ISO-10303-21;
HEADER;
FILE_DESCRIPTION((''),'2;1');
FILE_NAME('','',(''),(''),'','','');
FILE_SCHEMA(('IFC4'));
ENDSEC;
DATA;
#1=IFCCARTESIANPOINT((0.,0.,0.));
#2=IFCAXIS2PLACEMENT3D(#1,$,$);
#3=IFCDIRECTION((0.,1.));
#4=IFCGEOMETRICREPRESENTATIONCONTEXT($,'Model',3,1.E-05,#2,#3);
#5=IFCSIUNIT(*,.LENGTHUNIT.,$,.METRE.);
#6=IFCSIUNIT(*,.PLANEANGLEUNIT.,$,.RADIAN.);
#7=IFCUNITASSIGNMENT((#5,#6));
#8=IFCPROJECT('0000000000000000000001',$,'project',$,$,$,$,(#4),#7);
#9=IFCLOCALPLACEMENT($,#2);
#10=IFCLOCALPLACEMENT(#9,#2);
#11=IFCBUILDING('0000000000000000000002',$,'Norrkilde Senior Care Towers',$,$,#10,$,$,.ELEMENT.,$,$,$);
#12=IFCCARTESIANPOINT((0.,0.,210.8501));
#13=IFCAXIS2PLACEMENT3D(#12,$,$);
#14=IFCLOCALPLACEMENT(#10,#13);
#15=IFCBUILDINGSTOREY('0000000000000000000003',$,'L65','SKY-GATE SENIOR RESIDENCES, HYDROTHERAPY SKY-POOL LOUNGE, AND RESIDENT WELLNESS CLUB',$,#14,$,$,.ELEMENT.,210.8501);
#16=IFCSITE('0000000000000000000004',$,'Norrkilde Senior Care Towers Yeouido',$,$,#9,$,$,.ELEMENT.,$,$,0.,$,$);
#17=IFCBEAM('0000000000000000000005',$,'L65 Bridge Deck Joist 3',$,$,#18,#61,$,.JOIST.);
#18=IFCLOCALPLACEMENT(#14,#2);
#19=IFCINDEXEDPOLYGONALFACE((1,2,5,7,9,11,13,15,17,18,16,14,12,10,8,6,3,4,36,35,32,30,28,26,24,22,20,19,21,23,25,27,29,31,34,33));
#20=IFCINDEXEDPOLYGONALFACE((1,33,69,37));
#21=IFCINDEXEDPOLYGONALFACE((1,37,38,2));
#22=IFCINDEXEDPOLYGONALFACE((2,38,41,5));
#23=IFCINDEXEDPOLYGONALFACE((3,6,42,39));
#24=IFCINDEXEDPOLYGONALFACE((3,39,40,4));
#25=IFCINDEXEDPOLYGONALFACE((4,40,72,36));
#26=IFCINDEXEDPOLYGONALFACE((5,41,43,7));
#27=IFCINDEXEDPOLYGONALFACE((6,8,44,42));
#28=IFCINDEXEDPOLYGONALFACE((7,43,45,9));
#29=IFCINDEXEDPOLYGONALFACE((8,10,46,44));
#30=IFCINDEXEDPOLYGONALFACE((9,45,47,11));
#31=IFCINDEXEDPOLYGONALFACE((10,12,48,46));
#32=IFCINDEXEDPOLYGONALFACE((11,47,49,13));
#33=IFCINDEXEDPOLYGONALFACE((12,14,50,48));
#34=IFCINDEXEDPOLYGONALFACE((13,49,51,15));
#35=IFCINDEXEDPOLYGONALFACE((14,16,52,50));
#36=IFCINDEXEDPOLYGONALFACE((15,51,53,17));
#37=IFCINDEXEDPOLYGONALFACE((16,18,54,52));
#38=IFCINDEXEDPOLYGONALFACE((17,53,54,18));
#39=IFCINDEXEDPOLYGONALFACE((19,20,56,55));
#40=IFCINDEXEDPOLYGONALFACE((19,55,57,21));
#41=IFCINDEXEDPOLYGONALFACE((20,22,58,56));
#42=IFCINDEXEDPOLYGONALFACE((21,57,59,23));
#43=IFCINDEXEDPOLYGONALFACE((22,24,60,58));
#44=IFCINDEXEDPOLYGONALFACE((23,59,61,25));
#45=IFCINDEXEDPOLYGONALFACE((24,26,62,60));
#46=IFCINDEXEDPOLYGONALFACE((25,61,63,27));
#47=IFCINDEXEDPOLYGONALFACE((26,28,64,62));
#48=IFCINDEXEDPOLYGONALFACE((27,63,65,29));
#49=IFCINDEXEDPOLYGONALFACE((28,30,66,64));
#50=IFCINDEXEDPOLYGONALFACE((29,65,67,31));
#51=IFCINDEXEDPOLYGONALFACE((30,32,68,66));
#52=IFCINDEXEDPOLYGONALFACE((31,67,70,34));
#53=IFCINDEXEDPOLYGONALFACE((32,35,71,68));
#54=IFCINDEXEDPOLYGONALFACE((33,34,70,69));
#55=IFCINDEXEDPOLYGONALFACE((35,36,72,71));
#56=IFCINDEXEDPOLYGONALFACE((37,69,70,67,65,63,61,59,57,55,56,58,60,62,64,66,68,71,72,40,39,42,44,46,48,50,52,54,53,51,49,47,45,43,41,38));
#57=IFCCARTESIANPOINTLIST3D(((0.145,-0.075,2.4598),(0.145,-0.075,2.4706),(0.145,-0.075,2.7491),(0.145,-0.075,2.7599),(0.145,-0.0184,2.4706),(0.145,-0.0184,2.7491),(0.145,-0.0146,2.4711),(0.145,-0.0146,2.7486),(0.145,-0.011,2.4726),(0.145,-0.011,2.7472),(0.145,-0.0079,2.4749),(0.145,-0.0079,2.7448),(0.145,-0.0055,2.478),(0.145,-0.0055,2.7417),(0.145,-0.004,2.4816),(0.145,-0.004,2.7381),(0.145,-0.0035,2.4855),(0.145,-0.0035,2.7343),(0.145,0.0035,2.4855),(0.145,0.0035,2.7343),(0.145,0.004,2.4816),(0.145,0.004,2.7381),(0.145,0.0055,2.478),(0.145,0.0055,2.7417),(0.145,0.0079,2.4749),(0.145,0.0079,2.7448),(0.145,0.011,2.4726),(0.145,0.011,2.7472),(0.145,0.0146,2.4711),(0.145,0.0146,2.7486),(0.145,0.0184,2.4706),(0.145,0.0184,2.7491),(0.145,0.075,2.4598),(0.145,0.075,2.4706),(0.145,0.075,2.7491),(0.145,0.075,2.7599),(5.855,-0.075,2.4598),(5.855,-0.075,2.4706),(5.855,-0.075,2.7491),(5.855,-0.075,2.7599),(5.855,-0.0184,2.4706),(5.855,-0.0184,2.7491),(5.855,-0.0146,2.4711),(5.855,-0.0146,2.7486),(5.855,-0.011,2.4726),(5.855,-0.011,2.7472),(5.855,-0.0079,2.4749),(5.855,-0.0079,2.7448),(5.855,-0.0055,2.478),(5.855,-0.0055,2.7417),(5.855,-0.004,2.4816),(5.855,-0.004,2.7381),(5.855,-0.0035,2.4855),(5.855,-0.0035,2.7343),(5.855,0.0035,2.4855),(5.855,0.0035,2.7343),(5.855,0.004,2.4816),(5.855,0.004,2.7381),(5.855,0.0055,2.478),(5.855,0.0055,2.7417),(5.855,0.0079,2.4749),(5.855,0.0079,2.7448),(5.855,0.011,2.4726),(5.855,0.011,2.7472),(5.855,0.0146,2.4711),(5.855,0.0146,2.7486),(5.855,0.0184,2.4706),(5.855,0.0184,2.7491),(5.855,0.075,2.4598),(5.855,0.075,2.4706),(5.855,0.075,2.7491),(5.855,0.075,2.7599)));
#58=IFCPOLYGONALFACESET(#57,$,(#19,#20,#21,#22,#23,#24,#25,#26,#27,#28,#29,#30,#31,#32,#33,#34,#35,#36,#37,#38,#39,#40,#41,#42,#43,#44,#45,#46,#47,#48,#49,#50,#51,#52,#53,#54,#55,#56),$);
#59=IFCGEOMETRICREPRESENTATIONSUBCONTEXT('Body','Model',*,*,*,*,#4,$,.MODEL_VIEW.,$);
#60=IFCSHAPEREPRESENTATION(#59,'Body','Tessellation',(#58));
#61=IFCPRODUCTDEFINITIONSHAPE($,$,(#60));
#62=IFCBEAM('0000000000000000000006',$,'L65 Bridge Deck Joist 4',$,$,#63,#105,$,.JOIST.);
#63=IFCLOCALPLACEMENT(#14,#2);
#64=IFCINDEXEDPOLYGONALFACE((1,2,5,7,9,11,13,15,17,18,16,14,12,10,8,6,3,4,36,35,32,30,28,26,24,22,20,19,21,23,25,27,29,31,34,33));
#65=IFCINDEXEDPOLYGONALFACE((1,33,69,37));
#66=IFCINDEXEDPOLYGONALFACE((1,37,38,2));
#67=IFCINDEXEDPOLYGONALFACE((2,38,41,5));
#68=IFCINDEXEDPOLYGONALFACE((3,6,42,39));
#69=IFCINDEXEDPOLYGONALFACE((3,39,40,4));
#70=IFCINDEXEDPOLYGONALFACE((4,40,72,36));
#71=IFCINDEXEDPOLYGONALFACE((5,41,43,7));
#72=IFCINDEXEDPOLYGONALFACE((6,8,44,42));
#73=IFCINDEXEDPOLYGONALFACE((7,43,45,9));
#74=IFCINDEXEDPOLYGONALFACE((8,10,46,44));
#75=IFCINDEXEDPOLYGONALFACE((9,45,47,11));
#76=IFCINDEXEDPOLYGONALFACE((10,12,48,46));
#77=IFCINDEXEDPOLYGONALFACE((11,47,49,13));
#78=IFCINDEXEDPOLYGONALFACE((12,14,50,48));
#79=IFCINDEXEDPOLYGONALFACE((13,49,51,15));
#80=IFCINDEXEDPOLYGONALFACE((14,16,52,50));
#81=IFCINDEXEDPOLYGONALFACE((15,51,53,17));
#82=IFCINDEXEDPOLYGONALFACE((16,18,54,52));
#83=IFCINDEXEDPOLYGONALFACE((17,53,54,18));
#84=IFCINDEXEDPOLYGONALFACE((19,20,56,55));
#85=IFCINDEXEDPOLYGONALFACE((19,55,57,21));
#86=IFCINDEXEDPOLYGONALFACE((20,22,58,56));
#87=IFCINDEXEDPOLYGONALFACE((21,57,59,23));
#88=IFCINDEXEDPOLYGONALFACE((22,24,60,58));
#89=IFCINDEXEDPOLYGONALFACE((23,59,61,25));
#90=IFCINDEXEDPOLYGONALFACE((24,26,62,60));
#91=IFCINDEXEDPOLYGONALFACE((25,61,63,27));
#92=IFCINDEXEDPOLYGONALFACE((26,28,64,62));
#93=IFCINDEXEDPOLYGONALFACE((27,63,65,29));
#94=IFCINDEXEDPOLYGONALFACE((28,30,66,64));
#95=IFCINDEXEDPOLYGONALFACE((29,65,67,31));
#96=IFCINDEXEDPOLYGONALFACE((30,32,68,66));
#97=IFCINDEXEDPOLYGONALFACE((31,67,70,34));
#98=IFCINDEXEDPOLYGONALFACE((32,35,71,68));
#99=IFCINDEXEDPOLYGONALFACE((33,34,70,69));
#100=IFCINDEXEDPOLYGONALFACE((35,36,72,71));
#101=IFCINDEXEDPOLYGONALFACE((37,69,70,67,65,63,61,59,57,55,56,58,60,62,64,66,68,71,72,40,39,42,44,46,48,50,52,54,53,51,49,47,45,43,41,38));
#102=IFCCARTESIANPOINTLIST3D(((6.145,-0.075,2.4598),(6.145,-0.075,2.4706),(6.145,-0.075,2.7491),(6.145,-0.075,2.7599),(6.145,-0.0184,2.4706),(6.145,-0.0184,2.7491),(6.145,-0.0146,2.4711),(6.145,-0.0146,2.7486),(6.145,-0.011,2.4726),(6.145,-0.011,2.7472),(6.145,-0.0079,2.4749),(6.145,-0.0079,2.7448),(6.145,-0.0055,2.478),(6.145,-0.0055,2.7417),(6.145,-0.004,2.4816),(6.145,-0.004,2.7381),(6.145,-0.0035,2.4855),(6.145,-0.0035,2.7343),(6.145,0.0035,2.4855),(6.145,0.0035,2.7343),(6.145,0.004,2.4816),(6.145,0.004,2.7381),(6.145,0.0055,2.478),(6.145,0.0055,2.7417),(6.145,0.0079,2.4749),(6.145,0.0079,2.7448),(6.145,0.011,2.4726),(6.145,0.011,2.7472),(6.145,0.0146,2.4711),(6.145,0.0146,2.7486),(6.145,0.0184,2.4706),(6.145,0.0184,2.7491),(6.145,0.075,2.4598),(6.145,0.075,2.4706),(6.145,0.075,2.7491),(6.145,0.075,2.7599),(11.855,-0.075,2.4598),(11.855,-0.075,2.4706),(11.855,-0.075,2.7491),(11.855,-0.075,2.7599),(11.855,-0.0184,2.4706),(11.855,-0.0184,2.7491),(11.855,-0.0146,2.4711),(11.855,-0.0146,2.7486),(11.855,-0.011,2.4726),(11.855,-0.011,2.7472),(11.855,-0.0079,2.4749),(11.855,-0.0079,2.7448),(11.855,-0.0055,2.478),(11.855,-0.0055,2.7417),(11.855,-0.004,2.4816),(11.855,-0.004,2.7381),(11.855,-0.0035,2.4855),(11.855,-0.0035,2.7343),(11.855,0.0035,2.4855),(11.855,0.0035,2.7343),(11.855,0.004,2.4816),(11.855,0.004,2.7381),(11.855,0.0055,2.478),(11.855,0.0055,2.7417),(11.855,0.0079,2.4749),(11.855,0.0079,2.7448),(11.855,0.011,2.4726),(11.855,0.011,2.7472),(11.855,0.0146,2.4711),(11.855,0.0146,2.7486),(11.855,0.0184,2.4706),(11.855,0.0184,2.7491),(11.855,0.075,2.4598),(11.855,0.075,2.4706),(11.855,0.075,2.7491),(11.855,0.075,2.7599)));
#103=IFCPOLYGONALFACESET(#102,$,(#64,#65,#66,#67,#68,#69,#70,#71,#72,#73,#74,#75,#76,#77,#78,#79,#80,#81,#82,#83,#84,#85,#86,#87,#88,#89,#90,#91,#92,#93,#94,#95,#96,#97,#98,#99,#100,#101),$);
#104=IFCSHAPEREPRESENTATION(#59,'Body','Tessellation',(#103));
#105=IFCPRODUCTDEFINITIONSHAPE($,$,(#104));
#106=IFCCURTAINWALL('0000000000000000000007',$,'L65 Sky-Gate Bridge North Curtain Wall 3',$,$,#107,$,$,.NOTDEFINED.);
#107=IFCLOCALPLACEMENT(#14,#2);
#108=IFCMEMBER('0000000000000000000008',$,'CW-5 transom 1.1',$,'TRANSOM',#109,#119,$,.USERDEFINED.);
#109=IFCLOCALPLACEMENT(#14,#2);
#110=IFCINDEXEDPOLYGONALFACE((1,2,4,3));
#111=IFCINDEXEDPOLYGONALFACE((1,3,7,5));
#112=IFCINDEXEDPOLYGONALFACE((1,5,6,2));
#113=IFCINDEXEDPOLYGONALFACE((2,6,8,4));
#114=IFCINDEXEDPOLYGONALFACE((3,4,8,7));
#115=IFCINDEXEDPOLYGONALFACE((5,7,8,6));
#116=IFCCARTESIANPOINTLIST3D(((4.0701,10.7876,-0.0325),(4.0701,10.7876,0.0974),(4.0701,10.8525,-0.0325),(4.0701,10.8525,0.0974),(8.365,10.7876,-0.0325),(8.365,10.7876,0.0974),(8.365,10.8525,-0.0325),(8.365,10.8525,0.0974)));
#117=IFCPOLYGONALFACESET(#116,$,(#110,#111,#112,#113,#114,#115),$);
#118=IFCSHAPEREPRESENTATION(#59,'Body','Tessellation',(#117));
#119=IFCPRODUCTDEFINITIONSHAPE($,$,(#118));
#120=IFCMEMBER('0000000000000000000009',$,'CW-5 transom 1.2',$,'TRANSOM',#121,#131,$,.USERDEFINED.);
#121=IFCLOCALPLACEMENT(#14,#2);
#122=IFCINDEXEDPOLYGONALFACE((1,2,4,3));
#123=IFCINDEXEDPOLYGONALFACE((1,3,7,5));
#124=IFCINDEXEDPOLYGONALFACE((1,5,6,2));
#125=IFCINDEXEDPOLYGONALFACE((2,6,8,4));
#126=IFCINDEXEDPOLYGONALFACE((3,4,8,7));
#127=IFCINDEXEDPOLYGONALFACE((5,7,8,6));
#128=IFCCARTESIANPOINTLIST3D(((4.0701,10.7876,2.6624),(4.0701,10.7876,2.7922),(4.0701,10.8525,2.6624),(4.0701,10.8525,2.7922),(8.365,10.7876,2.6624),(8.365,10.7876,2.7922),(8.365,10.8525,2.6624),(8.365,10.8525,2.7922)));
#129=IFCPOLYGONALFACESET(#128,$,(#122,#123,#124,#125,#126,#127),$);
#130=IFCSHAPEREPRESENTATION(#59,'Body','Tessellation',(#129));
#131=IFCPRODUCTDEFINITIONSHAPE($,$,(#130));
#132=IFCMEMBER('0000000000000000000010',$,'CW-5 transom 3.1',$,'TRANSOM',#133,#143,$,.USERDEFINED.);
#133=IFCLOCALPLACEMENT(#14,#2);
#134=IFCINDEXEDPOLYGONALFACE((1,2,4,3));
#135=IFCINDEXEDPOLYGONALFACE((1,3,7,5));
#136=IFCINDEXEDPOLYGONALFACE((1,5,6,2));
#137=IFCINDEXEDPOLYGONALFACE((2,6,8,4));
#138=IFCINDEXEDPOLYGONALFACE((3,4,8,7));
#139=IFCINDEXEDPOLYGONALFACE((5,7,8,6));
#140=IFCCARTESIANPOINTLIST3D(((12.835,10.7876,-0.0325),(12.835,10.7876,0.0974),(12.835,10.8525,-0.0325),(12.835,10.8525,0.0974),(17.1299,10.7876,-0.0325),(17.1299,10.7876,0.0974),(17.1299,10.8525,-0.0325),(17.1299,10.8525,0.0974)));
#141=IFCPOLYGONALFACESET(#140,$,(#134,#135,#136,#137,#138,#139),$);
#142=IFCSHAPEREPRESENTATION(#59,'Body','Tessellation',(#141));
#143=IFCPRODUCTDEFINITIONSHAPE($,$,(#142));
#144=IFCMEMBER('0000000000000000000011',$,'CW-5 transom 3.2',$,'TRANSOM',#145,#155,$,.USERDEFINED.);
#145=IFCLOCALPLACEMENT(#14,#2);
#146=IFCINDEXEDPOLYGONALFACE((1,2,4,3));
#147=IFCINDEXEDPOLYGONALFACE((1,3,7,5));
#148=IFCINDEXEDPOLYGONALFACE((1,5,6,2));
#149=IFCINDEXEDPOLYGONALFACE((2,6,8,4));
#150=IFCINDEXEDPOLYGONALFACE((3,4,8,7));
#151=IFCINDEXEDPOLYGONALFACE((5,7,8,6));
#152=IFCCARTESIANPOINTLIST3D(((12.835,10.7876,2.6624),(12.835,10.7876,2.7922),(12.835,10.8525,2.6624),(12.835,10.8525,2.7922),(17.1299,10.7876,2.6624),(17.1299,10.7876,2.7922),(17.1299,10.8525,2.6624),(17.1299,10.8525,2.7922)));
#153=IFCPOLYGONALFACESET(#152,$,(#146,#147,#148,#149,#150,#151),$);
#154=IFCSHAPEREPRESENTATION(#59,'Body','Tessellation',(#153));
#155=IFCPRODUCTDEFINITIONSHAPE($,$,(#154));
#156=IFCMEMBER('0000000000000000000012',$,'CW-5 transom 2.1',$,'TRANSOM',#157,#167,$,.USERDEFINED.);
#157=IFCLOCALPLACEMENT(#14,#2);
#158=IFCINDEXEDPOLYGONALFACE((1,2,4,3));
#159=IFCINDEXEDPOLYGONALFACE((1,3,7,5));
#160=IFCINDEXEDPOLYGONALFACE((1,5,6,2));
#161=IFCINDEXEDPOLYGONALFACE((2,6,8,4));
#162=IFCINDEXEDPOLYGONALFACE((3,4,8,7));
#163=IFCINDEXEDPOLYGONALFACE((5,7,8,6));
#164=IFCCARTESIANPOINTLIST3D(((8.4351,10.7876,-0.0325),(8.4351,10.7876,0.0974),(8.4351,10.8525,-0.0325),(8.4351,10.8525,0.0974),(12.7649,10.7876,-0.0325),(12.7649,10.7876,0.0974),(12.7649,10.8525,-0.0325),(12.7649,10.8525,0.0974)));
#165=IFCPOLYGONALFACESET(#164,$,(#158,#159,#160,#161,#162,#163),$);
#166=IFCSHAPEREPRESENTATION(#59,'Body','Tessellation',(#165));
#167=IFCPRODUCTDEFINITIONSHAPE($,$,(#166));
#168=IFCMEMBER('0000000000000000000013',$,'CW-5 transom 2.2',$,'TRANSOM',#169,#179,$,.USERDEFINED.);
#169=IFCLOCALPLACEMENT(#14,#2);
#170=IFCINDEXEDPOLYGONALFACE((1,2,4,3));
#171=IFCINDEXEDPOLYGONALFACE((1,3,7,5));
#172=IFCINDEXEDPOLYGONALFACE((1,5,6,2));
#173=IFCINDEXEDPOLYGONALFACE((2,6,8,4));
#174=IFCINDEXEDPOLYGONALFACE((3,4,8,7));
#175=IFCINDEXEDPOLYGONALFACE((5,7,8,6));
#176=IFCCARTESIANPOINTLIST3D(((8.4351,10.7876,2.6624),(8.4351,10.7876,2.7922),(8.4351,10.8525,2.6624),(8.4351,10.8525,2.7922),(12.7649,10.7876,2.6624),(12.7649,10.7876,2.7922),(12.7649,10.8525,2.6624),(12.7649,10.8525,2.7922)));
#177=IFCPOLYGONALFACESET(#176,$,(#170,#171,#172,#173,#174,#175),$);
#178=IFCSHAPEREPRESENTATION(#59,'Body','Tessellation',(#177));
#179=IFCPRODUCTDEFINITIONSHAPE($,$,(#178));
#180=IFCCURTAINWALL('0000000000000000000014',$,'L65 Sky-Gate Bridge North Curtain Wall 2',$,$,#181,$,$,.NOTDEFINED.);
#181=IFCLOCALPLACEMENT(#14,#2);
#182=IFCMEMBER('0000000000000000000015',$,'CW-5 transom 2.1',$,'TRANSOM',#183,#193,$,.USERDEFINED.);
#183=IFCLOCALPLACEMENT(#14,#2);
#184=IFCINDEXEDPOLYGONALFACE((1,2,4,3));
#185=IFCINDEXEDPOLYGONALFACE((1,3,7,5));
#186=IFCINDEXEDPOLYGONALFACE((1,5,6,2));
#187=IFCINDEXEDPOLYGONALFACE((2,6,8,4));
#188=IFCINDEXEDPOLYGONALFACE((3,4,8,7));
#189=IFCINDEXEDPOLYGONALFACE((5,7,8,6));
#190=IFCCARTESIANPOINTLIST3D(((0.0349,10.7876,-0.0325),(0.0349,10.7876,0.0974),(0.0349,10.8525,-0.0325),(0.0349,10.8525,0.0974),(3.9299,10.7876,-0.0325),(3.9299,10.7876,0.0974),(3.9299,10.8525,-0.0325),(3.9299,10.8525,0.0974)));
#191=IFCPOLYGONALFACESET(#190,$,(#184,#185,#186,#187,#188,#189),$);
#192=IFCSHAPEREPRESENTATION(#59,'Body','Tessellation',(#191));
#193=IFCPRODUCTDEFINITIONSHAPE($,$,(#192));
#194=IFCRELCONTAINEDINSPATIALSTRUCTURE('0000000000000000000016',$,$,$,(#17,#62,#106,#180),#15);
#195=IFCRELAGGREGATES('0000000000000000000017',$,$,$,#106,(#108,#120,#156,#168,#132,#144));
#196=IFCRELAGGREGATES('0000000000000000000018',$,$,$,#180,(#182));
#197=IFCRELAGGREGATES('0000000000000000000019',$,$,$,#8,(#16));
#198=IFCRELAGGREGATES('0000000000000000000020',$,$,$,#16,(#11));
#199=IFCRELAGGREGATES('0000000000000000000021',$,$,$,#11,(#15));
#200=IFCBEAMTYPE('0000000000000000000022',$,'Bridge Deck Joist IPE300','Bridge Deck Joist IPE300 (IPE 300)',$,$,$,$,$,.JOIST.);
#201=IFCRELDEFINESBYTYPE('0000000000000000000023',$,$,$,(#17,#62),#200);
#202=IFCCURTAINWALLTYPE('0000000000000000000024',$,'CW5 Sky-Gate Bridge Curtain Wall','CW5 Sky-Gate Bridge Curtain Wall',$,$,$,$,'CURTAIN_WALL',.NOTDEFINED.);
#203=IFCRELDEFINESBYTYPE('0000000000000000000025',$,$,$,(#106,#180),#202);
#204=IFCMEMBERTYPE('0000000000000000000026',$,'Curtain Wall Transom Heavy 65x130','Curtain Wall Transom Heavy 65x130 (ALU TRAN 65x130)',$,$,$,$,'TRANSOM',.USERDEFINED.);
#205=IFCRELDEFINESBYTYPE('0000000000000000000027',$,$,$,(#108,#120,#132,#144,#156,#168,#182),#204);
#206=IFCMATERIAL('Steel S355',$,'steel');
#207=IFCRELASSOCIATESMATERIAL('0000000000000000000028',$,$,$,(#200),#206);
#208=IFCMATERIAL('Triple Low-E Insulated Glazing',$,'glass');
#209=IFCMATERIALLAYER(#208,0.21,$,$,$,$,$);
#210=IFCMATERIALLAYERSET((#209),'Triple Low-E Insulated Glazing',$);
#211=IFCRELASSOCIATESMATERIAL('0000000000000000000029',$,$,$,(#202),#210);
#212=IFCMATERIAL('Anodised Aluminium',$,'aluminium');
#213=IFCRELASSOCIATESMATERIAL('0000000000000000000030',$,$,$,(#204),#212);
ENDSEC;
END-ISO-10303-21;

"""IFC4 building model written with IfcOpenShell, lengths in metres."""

from ifc_helpers import new_model, si_unit, direction, frame, origin, origin_2d, place, context, subcontext, project, spatial, rectangle, i_section, extrude, source, transform, mapped, material, layer, layer_set, material_profile, profile_set, type_object, type_shapes, element, aggregate, save


model = new_model("IFC4")

# Units and contexts
model_context = context("Model", 3, precision=1e-05, world=origin(), true_north=direction((0.0, 1.0)))
body_context = subcontext(model_context, "Body", "Model", "MODEL_VIEW")
ifc_project = project(units=[si_unit("LENGTHUNIT", "METRE"), si_unit("PLANEANGLEUNIT", "RADIAN")], contexts=[model_context])

# Site, building, storey
site_placement = place(None, origin())
site = spatial("IfcSite", under=ifc_project, at=site_placement, Name="Norrkilde Senior Care Towers Yeouido", CompositionType="ELEMENT", RefElevation=0.0)
building_placement = place(site_placement, origin())
building = spatial("IfcBuilding", under=site, at=building_placement, Name="Norrkilde Senior Care Towers", CompositionType="ELEMENT")
storey_placement = place(building_placement, frame((0.0, 0.0, 210.8501)))
storey = spatial("IfcBuildingStorey", under=building, at=storey_placement, Name="L65", Description="SKY-GATE SENIOR RESIDENCES, HYDROTHERAPY SKY-POOL LOUNGE, AND RESIDENT WELLNESS CLUB", CompositionType="ELEMENT", Elevation=210.8501)

# Shared definitions
ifc_material_1 = material(Name="Steel S355", Category="steel")

# Beams
ifc_material_profile_1 = material_profile(ifc_material_1, i_section(OverallWidth=0.1499, OverallDepth=0.3, WebThickness=0.0071, FlangeThickness=0.0107, FilletRadius=0.0149, at=origin_2d()), Name="IPE 300")
ifc_profile_set_1 = profile_set([ifc_material_profile_1], Name="Steel S355")
beam_type_1 = type_object("IfcBeamType", Name="Bridge Deck Joist IPE300", Description="Bridge Deck Joist IPE300 (IPE 300)", PredefinedType="JOIST", material=ifc_profile_set_1)
shared_shape_1 = source(origin(), body_context, "Body", "SweptSolid", [
    extrude(i_section(OverallWidth=0.1499, OverallDepth=0.3, WebThickness=0.0071, FlangeThickness=0.0107, FilletRadius=0.0149, at=origin_2d()), origin(), (0.0, 0.0, 1.0), 5.71),
])
type_shapes(beam_type_1, [shared_shape_1])
for number, where, z_axis, x_axis, name in (
    (1, (0.145, 0.0, 2.6099), (1.0, 0.0, 0.0), (0.0, 1.0, 0.0), "L65 Bridge Deck Joist 3"),
    (2, (6.145, 0.0, 2.6099), (1.0, 0.0, 0.0), (0.0, 1.0, 0.0), "L65 Bridge Deck Joist 4"),
):
    element("IfcBeam", number, at=place(storey_placement, frame(where, z_axis=z_axis, x_axis=x_axis)), inside=storey, type_object=beam_type_1, Name=name, PredefinedType="JOIST", context=body_context, shape_type="MappedRepresentation", body=[
        mapped(shared_shape_1, transform((0.0, 0.0, 0.0), x_axis=(1.0, 0.0, 0.0), y_axis=(0.0, 1.0, 0.0), z_axis=(0.0, 0.0, 1.0), scale=1.0)),
    ])

# Curtain walls, members
ifc_material_2 = material(Name="Triple Low-E Insulated Glazing", Category="glass")
ifc_layer_1 = layer(ifc_material_2, 0.21)
ifc_layer_set_1 = layer_set([ifc_layer_1], Name="Triple Low-E Insulated Glazing")
curtain_wall_type = type_object("IfcCurtainWallType", Name="CW5 Sky-Gate Bridge Curtain Wall", Description="CW5 Sky-Gate Bridge Curtain Wall", ElementType="CURTAIN_WALL", PredefinedType="NOTDEFINED", material=ifc_layer_set_1)
curtain_wall_1_placement = place(storey_placement, origin())
curtain_wall_1 = element("IfcCurtainWall", 3, at=curtain_wall_1_placement, inside=storey, type_object=curtain_wall_type, Name="L65 Sky-Gate Bridge North Curtain Wall 3", PredefinedType="NOTDEFINED")
ifc_material_3 = material(Name="Anodised Aluminium", Category="aluminium")
ifc_material_profile_2 = material_profile(ifc_material_3, rectangle(XDim=0.0649, YDim=0.1299, at=origin_2d()), Name="ALU TRAN 65x130")
ifc_profile_set_2 = profile_set([ifc_material_profile_2], Name="Anodised Aluminium")
member_type_1 = type_object("IfcMemberType", Name="Curtain Wall Transom Heavy 65x130", Description="Curtain Wall Transom Heavy 65x130 (ALU TRAN 65x130)", ElementType="TRANSOM", PredefinedType="USERDEFINED", material=ifc_profile_set_2)
shared_shape_2 = source(origin(), body_context, "Body", "SweptSolid", [
    extrude(rectangle(XDim=0.0649, YDim=0.1299, at=origin_2d()), origin(), (0.0, 0.0, 1.0), 4.2949),
])
member_1_placement = place(storey_placement, frame((4.0701, 10.8201, 0.0325), z_axis=(1.0, 0.0, 0.0), x_axis=(0.0, 1.0, 0.0)))
member_1 = element("IfcMember", 4, at=member_1_placement, type_object=member_type_1, Name="CW-5 transom 1.1", ObjectType="TRANSOM", PredefinedType="USERDEFINED", context=body_context, shape_type="MappedRepresentation", body=[
    mapped(shared_shape_2, transform((0.0, 0.0, 0.0), x_axis=(1.0, 0.0, 0.0), y_axis=(0.0, 1.0, 0.0), z_axis=(0.0, 0.0, 1.0), scale=1.0)),
])
member_2_placement = place(storey_placement, frame((4.0701, 10.8201, 2.7273), z_axis=(1.0, 0.0, 0.0), x_axis=(0.0, 1.0, 0.0)))
member_2 = element("IfcMember", 5, at=member_2_placement, type_object=member_type_1, Name="CW-5 transom 1.2", ObjectType="TRANSOM", PredefinedType="USERDEFINED", context=body_context, shape_type="MappedRepresentation", body=[
    mapped(shared_shape_2, transform((0.0, 0.0, 0.0), x_axis=(1.0, 0.0, 0.0), y_axis=(0.0, 1.0, 0.0), z_axis=(0.0, 0.0, 1.0), scale=1.0)),
])
member_3_placement = place(storey_placement, frame((12.835, 10.8201, 0.0325), z_axis=(1.0, 0.0, 0.0), x_axis=(0.0, 1.0, 0.0)))
member_3 = element("IfcMember", 6, at=member_3_placement, type_object=member_type_1, Name="CW-5 transom 3.1", ObjectType="TRANSOM", PredefinedType="USERDEFINED", context=body_context, shape_type="MappedRepresentation", body=[
    mapped(shared_shape_2, transform((0.0, 0.0, 0.0), x_axis=(1.0, 0.0, 0.0), y_axis=(0.0, 1.0, 0.0), z_axis=(0.0, 0.0, 1.0), scale=1.0)),
])
member_4_placement = place(storey_placement, frame((12.835, 10.8201, 2.7273), z_axis=(1.0, 0.0, 0.0), x_axis=(0.0, 1.0, 0.0)))
member_4 = element("IfcMember", 7, at=member_4_placement, type_object=member_type_1, Name="CW-5 transom 3.2", ObjectType="TRANSOM", PredefinedType="USERDEFINED", context=body_context, shape_type="MappedRepresentation", body=[
    mapped(shared_shape_2, transform((0.0, 0.0, 0.0), x_axis=(1.0, 0.0, 0.0), y_axis=(0.0, 1.0, 0.0), z_axis=(0.0, 0.0, 1.0), scale=1.0)),
])
shared_shape_3 = source(origin(), body_context, "Body", "SweptSolid", [
    extrude(rectangle(XDim=0.0649, YDim=0.1299, at=origin_2d()), origin(), (0.0, 0.0, 1.0), 4.3298),
])
member_5_placement = place(storey_placement, frame((8.4351, 10.8201, 0.0325), z_axis=(1.0, 0.0, 0.0), x_axis=(0.0, 1.0, 0.0)))
member_5 = element("IfcMember", 8, at=member_5_placement, type_object=member_type_1, Name="CW-5 transom 2.1", ObjectType="TRANSOM", PredefinedType="USERDEFINED", context=body_context, shape_type="MappedRepresentation", body=[
    mapped(shared_shape_3, transform((0.0, 0.0, 0.0), x_axis=(1.0, 0.0, 0.0), y_axis=(0.0, 1.0, 0.0), z_axis=(0.0, 0.0, 1.0), scale=1.0)),
])
member_6_placement = place(storey_placement, frame((8.4351, 10.8201, 2.7273), z_axis=(1.0, 0.0, 0.0), x_axis=(0.0, 1.0, 0.0)))
member_6 = element("IfcMember", 9, at=member_6_placement, type_object=member_type_1, Name="CW-5 transom 2.2", ObjectType="TRANSOM", PredefinedType="USERDEFINED", context=body_context, shape_type="MappedRepresentation", body=[
    mapped(shared_shape_3, transform((0.0, 0.0, 0.0), x_axis=(1.0, 0.0, 0.0), y_axis=(0.0, 1.0, 0.0), z_axis=(0.0, 0.0, 1.0), scale=1.0)),
])
curtain_wall_2_placement = place(storey_placement, origin())
curtain_wall_2 = element("IfcCurtainWall", 10, at=curtain_wall_2_placement, inside=storey, type_object=curtain_wall_type, Name="L65 Sky-Gate Bridge North Curtain Wall 2", PredefinedType="NOTDEFINED")
shared_shape_4 = source(origin(), body_context, "Body", "SweptSolid", [
    extrude(rectangle(XDim=0.0649, YDim=0.1299, at=origin_2d()), origin(), (0.0, 0.0, 1.0), 3.895),
])
type_shapes(member_type_1, [shared_shape_2, shared_shape_3, shared_shape_4])
member_7_placement = place(storey_placement, frame((0.0349, 10.8201, 0.0325), z_axis=(1.0, 0.0, 0.0), x_axis=(0.0, 1.0, 0.0)))
member_7 = element("IfcMember", 11, at=member_7_placement, type_object=member_type_1, Name="CW-5 transom 2.1", ObjectType="TRANSOM", PredefinedType="USERDEFINED", context=body_context, shape_type="MappedRepresentation", body=[
    mapped(shared_shape_4, transform((0.0, 0.0, 0.0), x_axis=(1.0, 0.0, 0.0), y_axis=(0.0, 1.0, 0.0), z_axis=(0.0, 0.0, 1.0), scale=1.0)),
])

aggregate(curtain_wall_1, [member_1, member_2, member_5, member_6, member_3, member_4])
aggregate(curtain_wall_2, [member_7])

save(model, "model.ifc")
